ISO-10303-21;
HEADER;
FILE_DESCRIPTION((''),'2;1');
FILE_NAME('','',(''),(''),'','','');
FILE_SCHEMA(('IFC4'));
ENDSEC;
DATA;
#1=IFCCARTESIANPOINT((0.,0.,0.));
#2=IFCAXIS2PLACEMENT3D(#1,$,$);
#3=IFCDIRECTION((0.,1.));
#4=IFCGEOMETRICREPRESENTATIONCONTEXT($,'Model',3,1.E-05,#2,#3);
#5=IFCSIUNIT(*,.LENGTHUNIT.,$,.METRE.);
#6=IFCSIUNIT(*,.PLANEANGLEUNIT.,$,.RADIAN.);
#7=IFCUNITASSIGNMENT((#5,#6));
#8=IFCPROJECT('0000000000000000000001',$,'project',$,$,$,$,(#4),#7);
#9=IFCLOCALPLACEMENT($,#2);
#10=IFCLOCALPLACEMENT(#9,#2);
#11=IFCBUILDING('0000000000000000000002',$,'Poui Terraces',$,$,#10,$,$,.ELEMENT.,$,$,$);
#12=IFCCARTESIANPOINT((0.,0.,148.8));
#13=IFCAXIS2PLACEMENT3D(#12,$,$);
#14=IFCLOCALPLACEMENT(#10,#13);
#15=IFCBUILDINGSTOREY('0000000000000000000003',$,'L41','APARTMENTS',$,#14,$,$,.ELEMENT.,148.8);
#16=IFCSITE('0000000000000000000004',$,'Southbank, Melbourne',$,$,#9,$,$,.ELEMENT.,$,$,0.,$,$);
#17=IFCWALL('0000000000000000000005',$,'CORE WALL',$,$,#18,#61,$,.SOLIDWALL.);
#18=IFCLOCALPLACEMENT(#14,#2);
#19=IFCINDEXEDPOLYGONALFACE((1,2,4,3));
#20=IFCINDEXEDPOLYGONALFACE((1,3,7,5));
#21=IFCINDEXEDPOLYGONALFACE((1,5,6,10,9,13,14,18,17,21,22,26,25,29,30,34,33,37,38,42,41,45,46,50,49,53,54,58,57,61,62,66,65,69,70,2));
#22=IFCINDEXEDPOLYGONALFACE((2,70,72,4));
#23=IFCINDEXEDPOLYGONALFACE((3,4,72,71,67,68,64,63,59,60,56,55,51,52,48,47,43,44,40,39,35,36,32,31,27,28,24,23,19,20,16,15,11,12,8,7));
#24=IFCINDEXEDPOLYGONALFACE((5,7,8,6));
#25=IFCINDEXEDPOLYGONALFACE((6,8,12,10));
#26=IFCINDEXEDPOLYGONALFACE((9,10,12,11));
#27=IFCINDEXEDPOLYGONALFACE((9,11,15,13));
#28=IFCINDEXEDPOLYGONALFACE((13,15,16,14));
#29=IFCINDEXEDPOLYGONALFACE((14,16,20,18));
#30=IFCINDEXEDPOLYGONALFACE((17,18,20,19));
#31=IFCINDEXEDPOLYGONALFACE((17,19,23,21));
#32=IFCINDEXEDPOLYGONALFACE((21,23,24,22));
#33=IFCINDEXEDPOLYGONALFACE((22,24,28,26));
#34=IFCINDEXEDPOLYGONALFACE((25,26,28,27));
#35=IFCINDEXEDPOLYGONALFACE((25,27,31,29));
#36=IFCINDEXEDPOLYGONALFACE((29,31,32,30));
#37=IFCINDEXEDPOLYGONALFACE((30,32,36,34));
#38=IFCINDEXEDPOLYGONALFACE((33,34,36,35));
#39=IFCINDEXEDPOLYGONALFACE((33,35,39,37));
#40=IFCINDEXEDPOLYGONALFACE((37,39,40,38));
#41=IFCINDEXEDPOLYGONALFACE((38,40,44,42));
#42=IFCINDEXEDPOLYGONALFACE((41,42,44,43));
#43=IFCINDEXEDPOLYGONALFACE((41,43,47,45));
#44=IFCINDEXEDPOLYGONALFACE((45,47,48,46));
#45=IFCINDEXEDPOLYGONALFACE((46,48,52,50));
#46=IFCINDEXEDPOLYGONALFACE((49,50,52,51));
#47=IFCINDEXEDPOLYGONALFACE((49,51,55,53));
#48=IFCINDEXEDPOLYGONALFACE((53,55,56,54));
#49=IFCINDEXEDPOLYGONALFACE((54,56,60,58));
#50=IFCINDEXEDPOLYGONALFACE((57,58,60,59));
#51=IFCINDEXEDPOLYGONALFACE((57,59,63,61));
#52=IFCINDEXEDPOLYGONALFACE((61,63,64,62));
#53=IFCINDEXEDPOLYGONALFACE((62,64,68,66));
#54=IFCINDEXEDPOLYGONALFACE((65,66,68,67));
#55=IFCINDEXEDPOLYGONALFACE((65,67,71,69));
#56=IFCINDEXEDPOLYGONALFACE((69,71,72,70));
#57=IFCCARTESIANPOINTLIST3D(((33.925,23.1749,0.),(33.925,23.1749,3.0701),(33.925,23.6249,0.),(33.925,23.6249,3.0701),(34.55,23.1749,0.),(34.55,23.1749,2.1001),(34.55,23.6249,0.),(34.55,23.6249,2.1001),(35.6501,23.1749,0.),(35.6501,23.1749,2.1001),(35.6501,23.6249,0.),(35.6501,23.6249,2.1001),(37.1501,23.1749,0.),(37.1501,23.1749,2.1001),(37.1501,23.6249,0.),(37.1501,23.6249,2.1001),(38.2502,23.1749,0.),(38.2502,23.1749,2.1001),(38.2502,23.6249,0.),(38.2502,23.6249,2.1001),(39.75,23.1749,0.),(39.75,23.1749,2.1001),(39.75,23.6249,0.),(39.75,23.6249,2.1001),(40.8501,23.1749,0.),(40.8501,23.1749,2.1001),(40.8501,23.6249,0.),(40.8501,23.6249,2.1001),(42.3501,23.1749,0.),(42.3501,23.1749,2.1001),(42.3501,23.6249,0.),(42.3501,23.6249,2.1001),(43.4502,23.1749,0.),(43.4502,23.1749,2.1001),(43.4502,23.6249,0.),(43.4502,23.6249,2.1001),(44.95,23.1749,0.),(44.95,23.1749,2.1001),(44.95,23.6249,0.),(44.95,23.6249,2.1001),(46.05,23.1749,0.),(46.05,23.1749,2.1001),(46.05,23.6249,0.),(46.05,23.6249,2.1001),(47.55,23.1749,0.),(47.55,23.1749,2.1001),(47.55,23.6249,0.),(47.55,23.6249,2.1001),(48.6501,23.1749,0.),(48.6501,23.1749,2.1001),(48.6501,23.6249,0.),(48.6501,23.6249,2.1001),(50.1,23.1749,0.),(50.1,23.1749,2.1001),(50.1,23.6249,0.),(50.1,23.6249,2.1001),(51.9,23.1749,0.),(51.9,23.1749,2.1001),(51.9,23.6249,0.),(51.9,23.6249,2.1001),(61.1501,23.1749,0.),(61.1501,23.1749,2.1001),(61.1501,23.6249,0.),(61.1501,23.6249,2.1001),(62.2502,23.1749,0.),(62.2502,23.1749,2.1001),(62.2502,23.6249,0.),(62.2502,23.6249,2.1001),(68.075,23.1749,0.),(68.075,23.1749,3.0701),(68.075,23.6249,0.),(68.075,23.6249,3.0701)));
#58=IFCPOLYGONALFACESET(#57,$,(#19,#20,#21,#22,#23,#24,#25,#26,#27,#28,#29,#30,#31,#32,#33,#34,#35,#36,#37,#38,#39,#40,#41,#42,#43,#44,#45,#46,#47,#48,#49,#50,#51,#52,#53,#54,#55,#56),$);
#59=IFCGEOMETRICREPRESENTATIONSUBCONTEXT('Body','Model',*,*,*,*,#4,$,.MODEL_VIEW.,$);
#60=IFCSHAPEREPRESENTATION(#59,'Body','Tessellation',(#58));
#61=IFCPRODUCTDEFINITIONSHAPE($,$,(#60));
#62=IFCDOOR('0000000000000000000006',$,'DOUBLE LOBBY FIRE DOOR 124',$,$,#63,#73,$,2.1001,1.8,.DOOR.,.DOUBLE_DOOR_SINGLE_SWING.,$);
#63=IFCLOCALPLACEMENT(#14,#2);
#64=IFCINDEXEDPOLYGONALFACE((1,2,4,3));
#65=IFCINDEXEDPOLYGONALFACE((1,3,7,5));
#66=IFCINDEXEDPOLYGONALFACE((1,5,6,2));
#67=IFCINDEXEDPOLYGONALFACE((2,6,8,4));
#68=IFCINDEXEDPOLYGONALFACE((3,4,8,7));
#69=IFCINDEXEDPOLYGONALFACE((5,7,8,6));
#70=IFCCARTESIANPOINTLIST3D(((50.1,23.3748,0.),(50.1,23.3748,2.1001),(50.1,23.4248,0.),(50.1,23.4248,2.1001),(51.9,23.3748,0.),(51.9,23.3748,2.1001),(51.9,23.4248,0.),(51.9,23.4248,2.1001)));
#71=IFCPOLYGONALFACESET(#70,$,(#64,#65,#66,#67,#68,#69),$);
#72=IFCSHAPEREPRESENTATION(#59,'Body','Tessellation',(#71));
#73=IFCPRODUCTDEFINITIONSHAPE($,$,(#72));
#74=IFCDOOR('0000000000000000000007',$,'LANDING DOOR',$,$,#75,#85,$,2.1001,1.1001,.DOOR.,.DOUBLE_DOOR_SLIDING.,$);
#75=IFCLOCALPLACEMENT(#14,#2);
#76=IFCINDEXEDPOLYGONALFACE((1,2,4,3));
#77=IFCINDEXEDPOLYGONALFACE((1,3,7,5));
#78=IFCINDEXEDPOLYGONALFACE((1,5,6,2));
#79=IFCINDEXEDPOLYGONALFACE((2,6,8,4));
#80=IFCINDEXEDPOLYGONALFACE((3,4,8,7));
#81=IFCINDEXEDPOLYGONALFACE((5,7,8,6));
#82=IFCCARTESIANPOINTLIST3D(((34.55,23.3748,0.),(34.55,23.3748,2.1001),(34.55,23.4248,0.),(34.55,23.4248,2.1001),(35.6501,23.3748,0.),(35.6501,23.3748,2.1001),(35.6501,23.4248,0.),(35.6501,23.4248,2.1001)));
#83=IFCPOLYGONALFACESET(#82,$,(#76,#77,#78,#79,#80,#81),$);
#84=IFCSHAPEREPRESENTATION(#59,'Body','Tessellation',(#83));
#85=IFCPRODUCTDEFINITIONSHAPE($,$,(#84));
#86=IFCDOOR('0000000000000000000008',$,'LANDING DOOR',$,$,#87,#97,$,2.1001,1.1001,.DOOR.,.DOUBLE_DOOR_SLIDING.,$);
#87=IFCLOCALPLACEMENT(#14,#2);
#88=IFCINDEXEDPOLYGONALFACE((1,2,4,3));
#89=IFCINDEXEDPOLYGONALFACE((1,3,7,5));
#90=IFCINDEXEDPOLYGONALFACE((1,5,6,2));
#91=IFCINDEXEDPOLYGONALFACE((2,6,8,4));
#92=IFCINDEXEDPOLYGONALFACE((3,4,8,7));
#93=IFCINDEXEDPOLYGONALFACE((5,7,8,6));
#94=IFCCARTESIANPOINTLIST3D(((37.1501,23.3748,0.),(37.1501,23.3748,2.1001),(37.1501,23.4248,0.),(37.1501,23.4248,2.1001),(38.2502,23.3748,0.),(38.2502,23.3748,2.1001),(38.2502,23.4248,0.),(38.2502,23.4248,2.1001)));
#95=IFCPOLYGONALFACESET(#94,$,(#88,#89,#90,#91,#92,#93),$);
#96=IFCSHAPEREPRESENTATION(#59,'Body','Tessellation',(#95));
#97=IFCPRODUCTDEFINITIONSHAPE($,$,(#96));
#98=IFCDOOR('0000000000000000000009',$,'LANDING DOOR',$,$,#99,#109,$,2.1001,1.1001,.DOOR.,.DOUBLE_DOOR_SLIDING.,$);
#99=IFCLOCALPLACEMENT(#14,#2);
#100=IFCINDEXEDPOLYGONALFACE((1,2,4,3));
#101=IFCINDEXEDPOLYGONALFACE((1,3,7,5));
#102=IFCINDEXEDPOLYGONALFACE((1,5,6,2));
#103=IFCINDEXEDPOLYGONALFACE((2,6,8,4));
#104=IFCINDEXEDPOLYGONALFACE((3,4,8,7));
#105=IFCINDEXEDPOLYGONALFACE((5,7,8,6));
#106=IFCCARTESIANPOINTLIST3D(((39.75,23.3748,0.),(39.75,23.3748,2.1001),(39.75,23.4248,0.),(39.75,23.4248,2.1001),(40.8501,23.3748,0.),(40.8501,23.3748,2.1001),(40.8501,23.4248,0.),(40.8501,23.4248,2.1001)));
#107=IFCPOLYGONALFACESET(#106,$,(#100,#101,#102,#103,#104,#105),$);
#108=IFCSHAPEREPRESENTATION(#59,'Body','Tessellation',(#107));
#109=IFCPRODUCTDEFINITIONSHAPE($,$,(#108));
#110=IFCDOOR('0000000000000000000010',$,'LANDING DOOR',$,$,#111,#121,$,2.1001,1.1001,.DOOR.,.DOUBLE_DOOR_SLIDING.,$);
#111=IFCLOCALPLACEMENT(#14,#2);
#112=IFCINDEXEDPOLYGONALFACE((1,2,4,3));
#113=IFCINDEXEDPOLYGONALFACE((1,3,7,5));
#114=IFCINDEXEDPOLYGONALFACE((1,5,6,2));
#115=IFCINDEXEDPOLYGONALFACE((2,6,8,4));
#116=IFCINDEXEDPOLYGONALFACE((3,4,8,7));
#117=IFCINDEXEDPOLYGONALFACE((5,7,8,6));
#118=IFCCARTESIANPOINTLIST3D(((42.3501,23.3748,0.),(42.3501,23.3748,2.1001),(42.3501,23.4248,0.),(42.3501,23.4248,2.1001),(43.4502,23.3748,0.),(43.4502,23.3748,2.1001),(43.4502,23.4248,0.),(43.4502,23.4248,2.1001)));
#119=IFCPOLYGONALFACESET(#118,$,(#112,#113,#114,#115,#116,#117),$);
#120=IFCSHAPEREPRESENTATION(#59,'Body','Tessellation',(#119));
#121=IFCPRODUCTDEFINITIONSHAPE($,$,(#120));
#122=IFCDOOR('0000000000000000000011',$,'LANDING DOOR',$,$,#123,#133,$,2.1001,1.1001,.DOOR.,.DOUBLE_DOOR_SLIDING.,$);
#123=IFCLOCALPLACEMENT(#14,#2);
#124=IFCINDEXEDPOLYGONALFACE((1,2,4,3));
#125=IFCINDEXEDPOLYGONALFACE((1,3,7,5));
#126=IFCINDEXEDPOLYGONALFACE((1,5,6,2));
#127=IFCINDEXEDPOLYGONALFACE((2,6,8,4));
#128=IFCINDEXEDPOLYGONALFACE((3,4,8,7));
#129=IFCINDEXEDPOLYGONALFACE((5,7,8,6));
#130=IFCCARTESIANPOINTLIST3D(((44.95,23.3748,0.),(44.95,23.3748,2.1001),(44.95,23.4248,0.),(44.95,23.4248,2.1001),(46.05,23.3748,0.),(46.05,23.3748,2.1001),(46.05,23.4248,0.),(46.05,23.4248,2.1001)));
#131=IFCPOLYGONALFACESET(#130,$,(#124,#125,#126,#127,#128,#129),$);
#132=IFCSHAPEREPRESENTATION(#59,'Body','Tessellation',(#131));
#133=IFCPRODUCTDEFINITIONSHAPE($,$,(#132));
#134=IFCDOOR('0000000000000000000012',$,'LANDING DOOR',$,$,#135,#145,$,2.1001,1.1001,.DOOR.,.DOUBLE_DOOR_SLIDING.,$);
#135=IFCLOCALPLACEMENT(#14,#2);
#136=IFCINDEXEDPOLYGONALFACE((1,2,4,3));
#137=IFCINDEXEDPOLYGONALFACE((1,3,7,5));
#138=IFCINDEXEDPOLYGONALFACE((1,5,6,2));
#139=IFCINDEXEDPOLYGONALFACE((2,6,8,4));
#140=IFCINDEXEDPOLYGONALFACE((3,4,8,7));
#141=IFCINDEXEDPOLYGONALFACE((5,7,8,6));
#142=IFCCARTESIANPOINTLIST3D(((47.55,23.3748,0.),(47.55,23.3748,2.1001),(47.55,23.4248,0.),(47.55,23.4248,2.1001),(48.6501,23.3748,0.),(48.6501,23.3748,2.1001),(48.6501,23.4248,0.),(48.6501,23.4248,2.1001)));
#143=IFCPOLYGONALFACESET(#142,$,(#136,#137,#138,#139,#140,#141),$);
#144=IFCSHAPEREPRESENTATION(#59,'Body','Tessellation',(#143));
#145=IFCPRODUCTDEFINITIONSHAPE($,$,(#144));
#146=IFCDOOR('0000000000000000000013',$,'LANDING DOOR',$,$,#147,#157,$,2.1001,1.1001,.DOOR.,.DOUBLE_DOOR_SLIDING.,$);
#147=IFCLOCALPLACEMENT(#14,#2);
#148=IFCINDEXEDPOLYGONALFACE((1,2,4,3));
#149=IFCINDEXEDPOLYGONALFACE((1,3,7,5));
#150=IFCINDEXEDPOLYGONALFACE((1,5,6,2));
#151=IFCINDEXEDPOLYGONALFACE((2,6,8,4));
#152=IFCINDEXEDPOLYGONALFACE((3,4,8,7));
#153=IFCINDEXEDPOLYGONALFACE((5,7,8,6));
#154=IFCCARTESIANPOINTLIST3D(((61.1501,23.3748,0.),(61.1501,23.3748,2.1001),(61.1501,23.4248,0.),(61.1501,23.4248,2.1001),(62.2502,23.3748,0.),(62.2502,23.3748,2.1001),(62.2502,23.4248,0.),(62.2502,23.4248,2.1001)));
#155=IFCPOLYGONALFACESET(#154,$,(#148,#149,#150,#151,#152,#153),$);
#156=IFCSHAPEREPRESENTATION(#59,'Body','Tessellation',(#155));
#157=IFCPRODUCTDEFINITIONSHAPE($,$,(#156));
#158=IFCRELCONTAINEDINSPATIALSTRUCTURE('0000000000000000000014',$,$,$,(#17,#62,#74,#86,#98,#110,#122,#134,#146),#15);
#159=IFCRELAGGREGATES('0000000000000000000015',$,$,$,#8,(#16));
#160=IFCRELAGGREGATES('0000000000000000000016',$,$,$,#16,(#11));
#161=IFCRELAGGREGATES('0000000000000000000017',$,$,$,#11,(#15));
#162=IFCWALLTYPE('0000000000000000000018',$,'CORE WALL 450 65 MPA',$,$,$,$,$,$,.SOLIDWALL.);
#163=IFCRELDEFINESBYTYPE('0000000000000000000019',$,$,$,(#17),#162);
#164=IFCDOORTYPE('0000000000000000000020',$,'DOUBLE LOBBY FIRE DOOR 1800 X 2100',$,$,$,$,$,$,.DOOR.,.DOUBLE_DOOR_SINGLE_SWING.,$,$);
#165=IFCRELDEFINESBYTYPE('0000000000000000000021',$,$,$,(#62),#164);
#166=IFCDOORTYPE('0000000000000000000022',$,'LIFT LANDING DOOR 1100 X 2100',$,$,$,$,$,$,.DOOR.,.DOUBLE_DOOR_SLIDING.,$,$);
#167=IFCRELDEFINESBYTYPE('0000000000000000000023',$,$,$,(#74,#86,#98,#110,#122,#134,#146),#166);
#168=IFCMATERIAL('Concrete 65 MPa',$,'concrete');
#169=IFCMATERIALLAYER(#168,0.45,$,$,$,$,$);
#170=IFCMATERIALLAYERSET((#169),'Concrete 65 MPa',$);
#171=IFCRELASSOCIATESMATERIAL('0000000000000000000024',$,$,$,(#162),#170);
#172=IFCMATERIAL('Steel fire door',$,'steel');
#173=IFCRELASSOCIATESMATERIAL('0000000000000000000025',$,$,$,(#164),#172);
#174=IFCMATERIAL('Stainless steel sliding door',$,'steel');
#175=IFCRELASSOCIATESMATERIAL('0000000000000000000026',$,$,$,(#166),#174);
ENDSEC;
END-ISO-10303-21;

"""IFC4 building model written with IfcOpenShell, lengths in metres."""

from ifc_helpers import new_model, si_unit, direction, frame, frame_2d, origin, place, context, subcontext, project, spatial, rectangle, extrude, material, layer, layer_set, type_object, element, fill, save


model = new_model("IFC4")

# Units and contexts
model_context = context("Model", 3, precision=1e-05, world=origin(), true_north=direction((0.0, 1.0)))
body_context = subcontext(model_context, "Body", "Model", "MODEL_VIEW")
ifc_project = project(units=[si_unit("LENGTHUNIT", "METRE"), si_unit("PLANEANGLEUNIT", "RADIAN")], contexts=[model_context])

# Site, building, storey
site_placement = place(None, origin())
site = spatial("IfcSite", under=ifc_project, at=site_placement, Name="Southbank, Melbourne", CompositionType="ELEMENT", RefElevation=0.0)
building_placement = place(site_placement, origin())
building = spatial("IfcBuilding", under=site, at=building_placement, Name="Poui Terraces", CompositionType="ELEMENT")
storey_placement = place(building_placement, frame((0.0, 0.0, 148.8)))
storey = spatial("IfcBuildingStorey", under=building, at=storey_placement, Name="L41", Description="APARTMENTS", CompositionType="ELEMENT", Elevation=148.8)

# Shared definitions
ifc_material_1 = material(Name="Concrete 65 MPa", Category="concrete")

# Wall, openings, doors
ifc_layer_1 = layer(ifc_material_1, 0.45)
ifc_layer_set_1 = layer_set([ifc_layer_1], Name="Concrete 65 MPa")
wall_type_1 = type_object("IfcWallType", Name="CORE WALL 450 65 MPA", PredefinedType="SOLIDWALL", material=ifc_layer_set_1)
wall_1_placement = place(storey_placement, frame((33.925, 23.3999, 0.0), z_axis=(0.0, 0.0, 1.0), x_axis=(1.0, 0.0, 0.0)))
wall_1 = element("IfcWall", 1, at=wall_1_placement, inside=storey, type_object=wall_type_1, Name="CORE WALL", PredefinedType="SOLIDWALL", context=body_context, shape_type="SweptSolid", body=[
    extrude(rectangle(XDim=34.1499, YDim=0.45, at=frame_2d((17.075, 0.0))), origin(), (0.0, 0.0, 1.0), 3.0701),
])
opening_1_placement = place(wall_1_placement, frame((16.175, 0.0, 0.0)))
opening_1 = element("IfcOpeningElement", 2, at=opening_1_placement, cuts=wall_1, PredefinedType="OPENING", context=body_context, shape_type="SweptSolid", body=[
    extrude(rectangle(XDim=1.8, YDim=2.1001, at=frame_2d((0.8999, 1.05))), frame((0.0, 0.2349, 0.0), z_axis=(0.0, -1.0, 0.0), x_axis=(1.0, 0.0, 0.0)), (0.0, 0.0, 1.0), 0.47),
])
opening_2_placement = place(wall_1_placement, frame((0.625, 0.0, 0.0)))
opening_2 = element("IfcOpeningElement", 3, at=opening_2_placement, cuts=wall_1, PredefinedType="OPENING", context=body_context, shape_type="SweptSolid", body=[
    extrude(rectangle(XDim=1.1001, YDim=2.1001, at=frame_2d((0.55, 1.05))), frame((0.0, 0.2349, 0.0), z_axis=(0.0, -1.0, 0.0), x_axis=(1.0, 0.0, 0.0)), (0.0, 0.0, 1.0), 0.47),
])
opening_3_placement = place(wall_1_placement, frame((3.2251, 0.0, 0.0)))
opening_3 = element("IfcOpeningElement", 4, at=opening_3_placement, cuts=wall_1, PredefinedType="OPENING", context=body_context, shape_type="SweptSolid", body=[
    extrude(rectangle(XDim=1.1001, YDim=2.1001, at=frame_2d((0.55, 1.05))), frame((0.0, 0.2349, 0.0), z_axis=(0.0, -1.0, 0.0), x_axis=(1.0, 0.0, 0.0)), (0.0, 0.0, 1.0), 0.47),
])
opening_4_placement = place(wall_1_placement, frame((5.825, 0.0, 0.0)))
opening_4 = element("IfcOpeningElement", 5, at=opening_4_placement, cuts=wall_1, PredefinedType="OPENING", context=body_context, shape_type="SweptSolid", body=[
    extrude(rectangle(XDim=1.1001, YDim=2.1001, at=frame_2d((0.55, 1.05))), frame((0.0, 0.2349, 0.0), z_axis=(0.0, -1.0, 0.0), x_axis=(1.0, 0.0, 0.0)), (0.0, 0.0, 1.0), 0.47),
])
opening_5_placement = place(wall_1_placement, frame((8.425, 0.0, 0.0)))
opening_5 = element("IfcOpeningElement", 6, at=opening_5_placement, cuts=wall_1, PredefinedType="OPENING", context=body_context, shape_type="SweptSolid", body=[
    extrude(rectangle(XDim=1.1001, YDim=2.1001, at=frame_2d((0.55, 1.05))), frame((0.0, 0.2349, 0.0), z_axis=(0.0, -1.0, 0.0), x_axis=(1.0, 0.0, 0.0)), (0.0, 0.0, 1.0), 0.47),
])
opening_6_placement = place(wall_1_placement, frame((11.0249, 0.0, 0.0)))
opening_6 = element("IfcOpeningElement", 7, at=opening_6_placement, cuts=wall_1, PredefinedType="OPENING", context=body_context, shape_type="SweptSolid", body=[
    extrude(rectangle(XDim=1.1001, YDim=2.1001, at=frame_2d((0.55, 1.05))), frame((0.0, 0.2349, 0.0), z_axis=(0.0, -1.0, 0.0), x_axis=(1.0, 0.0, 0.0)), (0.0, 0.0, 1.0), 0.47),
])
opening_7_placement = place(wall_1_placement, frame((13.625, 0.0, 0.0)))
opening_7 = element("IfcOpeningElement", 8, at=opening_7_placement, cuts=wall_1, PredefinedType="OPENING", context=body_context, shape_type="SweptSolid", body=[
    extrude(rectangle(XDim=1.1001, YDim=2.1001, at=frame_2d((0.55, 1.05))), frame((0.0, 0.2349, 0.0), z_axis=(0.0, -1.0, 0.0), x_axis=(1.0, 0.0, 0.0)), (0.0, 0.0, 1.0), 0.47),
])
opening_8_placement = place(wall_1_placement, frame((27.2251, 0.0, 0.0)))
opening_8 = element("IfcOpeningElement", 9, at=opening_8_placement, cuts=wall_1, PredefinedType="OPENING", context=body_context, shape_type="SweptSolid", body=[
    extrude(rectangle(XDim=1.1001, YDim=2.1001, at=frame_2d((0.55, 1.05))), frame((0.0, 0.2349, 0.0), z_axis=(0.0, -1.0, 0.0), x_axis=(1.0, 0.0, 0.0)), (0.0, 0.0, 1.0), 0.47),
])
ifc_material_2 = material(Name="Steel fire door", Category="steel")
door_type_1 = type_object("IfcDoorType", Name="DOUBLE LOBBY FIRE DOOR 1800 X 2100", OperationType="DOUBLE_DOOR_SINGLE_SWING", PredefinedType="DOOR", material=ifc_material_2)
door_1_placement = place(opening_1_placement, origin())
door_1 = element("IfcDoor", 10, at=door_1_placement, inside=storey, type_object=door_type_1, Name="DOUBLE LOBBY FIRE DOOR 124", OperationType="DOUBLE_DOOR_SINGLE_SWING", OverallHeight=2.1001, OverallWidth=1.8, PredefinedType="DOOR", context=body_context, shape_type="SweptSolid", body=[
    extrude(rectangle(XDim=1.8, YDim=2.1001, at=frame_2d((0.8999, 1.05))), frame((0.0, 0.0249, 0.0), z_axis=(0.0, -1.0, 0.0), x_axis=(1.0, 0.0, 0.0)), (0.0, 0.0, 1.0), 0.05),
])
fill(opening_1, door_1)
ifc_material_3 = material(Name="Stainless steel sliding door", Category="steel")
door_type_2 = type_object("IfcDoorType", Name="LIFT LANDING DOOR 1100 X 2100", OperationType="DOUBLE_DOOR_SLIDING", PredefinedType="DOOR", material=ifc_material_3)
door_2_placement = place(opening_2_placement, origin())
door_2 = element("IfcDoor", 11, at=door_2_placement, inside=storey, type_object=door_type_2, Name="LANDING DOOR", OperationType="DOUBLE_DOOR_SLIDING", OverallHeight=2.1001, OverallWidth=1.1001, PredefinedType="DOOR", context=body_context, shape_type="SweptSolid", body=[
    extrude(rectangle(XDim=1.1001, YDim=2.1001, at=frame_2d((0.55, 1.05))), frame((0.0, 0.0249, 0.0), z_axis=(0.0, -1.0, 0.0), x_axis=(1.0, 0.0, 0.0)), (0.0, 0.0, 1.0), 0.05),
])
fill(opening_2, door_2)
door_3_placement = place(opening_3_placement, origin())
door_3 = element("IfcDoor", 12, at=door_3_placement, inside=storey, type_object=door_type_2, Name="LANDING DOOR", OperationType="DOUBLE_DOOR_SLIDING", OverallHeight=2.1001, OverallWidth=1.1001, PredefinedType="DOOR", context=body_context, shape_type="SweptSolid", body=[
    extrude(rectangle(XDim=1.1001, YDim=2.1001, at=frame_2d((0.55, 1.05))), frame((0.0, 0.0249, 0.0), z_axis=(0.0, -1.0, 0.0), x_axis=(1.0, 0.0, 0.0)), (0.0, 0.0, 1.0), 0.05),
])
fill(opening_3, door_3)
door_4_placement = place(opening_4_placement, origin())
door_4 = element("IfcDoor", 13, at=door_4_placement, inside=storey, type_object=door_type_2, Name="LANDING DOOR", OperationType="DOUBLE_DOOR_SLIDING", OverallHeight=2.1001, OverallWidth=1.1001, PredefinedType="DOOR", context=body_context, shape_type="SweptSolid", body=[
    extrude(rectangle(XDim=1.1001, YDim=2.1001, at=frame_2d((0.55, 1.05))), frame((0.0, 0.0249, 0.0), z_axis=(0.0, -1.0, 0.0), x_axis=(1.0, 0.0, 0.0)), (0.0, 0.0, 1.0), 0.05),
])
fill(opening_4, door_4)
door_5_placement = place(opening_5_placement, origin())
door_5 = element("IfcDoor", 14, at=door_5_placement, inside=storey, type_object=door_type_2, Name="LANDING DOOR", OperationType="DOUBLE_DOOR_SLIDING", OverallHeight=2.1001, OverallWidth=1.1001, PredefinedType="DOOR", context=body_context, shape_type="SweptSolid", body=[
    extrude(rectangle(XDim=1.1001, YDim=2.1001, at=frame_2d((0.55, 1.05))), frame((0.0, 0.0249, 0.0), z_axis=(0.0, -1.0, 0.0), x_axis=(1.0, 0.0, 0.0)), (0.0, 0.0, 1.0), 0.05),
])
fill(opening_5, door_5)
door_6_placement = place(opening_6_placement, origin())
door_6 = element("IfcDoor", 15, at=door_6_placement, inside=storey, type_object=door_type_2, Name="LANDING DOOR", OperationType="DOUBLE_DOOR_SLIDING", OverallHeight=2.1001, OverallWidth=1.1001, PredefinedType="DOOR", context=body_context, shape_type="SweptSolid", body=[
    extrude(rectangle(XDim=1.1001, YDim=2.1001, at=frame_2d((0.55, 1.05))), frame((0.0, 0.0249, 0.0), z_axis=(0.0, -1.0, 0.0), x_axis=(1.0, 0.0, 0.0)), (0.0, 0.0, 1.0), 0.05),
])
fill(opening_6, door_6)
door_7_placement = place(opening_7_placement, origin())
door_7 = element("IfcDoor", 16, at=door_7_placement, inside=storey, type_object=door_type_2, Name="LANDING DOOR", OperationType="DOUBLE_DOOR_SLIDING", OverallHeight=2.1001, OverallWidth=1.1001, PredefinedType="DOOR", context=body_context, shape_type="SweptSolid", body=[
    extrude(rectangle(XDim=1.1001, YDim=2.1001, at=frame_2d((0.55, 1.05))), frame((0.0, 0.0249, 0.0), z_axis=(0.0, -1.0, 0.0), x_axis=(1.0, 0.0, 0.0)), (0.0, 0.0, 1.0), 0.05),
])
fill(opening_7, door_7)
door_8_placement = place(opening_8_placement, origin())
door_8 = element("IfcDoor", 17, at=door_8_placement, inside=storey, type_object=door_type_2, Name="LANDING DOOR", OperationType="DOUBLE_DOOR_SLIDING", OverallHeight=2.1001, OverallWidth=1.1001, PredefinedType="DOOR", context=body_context, shape_type="SweptSolid", body=[
    extrude(rectangle(XDim=1.1001, YDim=2.1001, at=frame_2d((0.55, 1.05))), frame((0.0, 0.0249, 0.0), z_axis=(0.0, -1.0, 0.0), x_axis=(1.0, 0.0, 0.0)), (0.0, 0.0, 1.0), 0.05),
])
fill(opening_8, door_8)

save(model, "model.ifc")
